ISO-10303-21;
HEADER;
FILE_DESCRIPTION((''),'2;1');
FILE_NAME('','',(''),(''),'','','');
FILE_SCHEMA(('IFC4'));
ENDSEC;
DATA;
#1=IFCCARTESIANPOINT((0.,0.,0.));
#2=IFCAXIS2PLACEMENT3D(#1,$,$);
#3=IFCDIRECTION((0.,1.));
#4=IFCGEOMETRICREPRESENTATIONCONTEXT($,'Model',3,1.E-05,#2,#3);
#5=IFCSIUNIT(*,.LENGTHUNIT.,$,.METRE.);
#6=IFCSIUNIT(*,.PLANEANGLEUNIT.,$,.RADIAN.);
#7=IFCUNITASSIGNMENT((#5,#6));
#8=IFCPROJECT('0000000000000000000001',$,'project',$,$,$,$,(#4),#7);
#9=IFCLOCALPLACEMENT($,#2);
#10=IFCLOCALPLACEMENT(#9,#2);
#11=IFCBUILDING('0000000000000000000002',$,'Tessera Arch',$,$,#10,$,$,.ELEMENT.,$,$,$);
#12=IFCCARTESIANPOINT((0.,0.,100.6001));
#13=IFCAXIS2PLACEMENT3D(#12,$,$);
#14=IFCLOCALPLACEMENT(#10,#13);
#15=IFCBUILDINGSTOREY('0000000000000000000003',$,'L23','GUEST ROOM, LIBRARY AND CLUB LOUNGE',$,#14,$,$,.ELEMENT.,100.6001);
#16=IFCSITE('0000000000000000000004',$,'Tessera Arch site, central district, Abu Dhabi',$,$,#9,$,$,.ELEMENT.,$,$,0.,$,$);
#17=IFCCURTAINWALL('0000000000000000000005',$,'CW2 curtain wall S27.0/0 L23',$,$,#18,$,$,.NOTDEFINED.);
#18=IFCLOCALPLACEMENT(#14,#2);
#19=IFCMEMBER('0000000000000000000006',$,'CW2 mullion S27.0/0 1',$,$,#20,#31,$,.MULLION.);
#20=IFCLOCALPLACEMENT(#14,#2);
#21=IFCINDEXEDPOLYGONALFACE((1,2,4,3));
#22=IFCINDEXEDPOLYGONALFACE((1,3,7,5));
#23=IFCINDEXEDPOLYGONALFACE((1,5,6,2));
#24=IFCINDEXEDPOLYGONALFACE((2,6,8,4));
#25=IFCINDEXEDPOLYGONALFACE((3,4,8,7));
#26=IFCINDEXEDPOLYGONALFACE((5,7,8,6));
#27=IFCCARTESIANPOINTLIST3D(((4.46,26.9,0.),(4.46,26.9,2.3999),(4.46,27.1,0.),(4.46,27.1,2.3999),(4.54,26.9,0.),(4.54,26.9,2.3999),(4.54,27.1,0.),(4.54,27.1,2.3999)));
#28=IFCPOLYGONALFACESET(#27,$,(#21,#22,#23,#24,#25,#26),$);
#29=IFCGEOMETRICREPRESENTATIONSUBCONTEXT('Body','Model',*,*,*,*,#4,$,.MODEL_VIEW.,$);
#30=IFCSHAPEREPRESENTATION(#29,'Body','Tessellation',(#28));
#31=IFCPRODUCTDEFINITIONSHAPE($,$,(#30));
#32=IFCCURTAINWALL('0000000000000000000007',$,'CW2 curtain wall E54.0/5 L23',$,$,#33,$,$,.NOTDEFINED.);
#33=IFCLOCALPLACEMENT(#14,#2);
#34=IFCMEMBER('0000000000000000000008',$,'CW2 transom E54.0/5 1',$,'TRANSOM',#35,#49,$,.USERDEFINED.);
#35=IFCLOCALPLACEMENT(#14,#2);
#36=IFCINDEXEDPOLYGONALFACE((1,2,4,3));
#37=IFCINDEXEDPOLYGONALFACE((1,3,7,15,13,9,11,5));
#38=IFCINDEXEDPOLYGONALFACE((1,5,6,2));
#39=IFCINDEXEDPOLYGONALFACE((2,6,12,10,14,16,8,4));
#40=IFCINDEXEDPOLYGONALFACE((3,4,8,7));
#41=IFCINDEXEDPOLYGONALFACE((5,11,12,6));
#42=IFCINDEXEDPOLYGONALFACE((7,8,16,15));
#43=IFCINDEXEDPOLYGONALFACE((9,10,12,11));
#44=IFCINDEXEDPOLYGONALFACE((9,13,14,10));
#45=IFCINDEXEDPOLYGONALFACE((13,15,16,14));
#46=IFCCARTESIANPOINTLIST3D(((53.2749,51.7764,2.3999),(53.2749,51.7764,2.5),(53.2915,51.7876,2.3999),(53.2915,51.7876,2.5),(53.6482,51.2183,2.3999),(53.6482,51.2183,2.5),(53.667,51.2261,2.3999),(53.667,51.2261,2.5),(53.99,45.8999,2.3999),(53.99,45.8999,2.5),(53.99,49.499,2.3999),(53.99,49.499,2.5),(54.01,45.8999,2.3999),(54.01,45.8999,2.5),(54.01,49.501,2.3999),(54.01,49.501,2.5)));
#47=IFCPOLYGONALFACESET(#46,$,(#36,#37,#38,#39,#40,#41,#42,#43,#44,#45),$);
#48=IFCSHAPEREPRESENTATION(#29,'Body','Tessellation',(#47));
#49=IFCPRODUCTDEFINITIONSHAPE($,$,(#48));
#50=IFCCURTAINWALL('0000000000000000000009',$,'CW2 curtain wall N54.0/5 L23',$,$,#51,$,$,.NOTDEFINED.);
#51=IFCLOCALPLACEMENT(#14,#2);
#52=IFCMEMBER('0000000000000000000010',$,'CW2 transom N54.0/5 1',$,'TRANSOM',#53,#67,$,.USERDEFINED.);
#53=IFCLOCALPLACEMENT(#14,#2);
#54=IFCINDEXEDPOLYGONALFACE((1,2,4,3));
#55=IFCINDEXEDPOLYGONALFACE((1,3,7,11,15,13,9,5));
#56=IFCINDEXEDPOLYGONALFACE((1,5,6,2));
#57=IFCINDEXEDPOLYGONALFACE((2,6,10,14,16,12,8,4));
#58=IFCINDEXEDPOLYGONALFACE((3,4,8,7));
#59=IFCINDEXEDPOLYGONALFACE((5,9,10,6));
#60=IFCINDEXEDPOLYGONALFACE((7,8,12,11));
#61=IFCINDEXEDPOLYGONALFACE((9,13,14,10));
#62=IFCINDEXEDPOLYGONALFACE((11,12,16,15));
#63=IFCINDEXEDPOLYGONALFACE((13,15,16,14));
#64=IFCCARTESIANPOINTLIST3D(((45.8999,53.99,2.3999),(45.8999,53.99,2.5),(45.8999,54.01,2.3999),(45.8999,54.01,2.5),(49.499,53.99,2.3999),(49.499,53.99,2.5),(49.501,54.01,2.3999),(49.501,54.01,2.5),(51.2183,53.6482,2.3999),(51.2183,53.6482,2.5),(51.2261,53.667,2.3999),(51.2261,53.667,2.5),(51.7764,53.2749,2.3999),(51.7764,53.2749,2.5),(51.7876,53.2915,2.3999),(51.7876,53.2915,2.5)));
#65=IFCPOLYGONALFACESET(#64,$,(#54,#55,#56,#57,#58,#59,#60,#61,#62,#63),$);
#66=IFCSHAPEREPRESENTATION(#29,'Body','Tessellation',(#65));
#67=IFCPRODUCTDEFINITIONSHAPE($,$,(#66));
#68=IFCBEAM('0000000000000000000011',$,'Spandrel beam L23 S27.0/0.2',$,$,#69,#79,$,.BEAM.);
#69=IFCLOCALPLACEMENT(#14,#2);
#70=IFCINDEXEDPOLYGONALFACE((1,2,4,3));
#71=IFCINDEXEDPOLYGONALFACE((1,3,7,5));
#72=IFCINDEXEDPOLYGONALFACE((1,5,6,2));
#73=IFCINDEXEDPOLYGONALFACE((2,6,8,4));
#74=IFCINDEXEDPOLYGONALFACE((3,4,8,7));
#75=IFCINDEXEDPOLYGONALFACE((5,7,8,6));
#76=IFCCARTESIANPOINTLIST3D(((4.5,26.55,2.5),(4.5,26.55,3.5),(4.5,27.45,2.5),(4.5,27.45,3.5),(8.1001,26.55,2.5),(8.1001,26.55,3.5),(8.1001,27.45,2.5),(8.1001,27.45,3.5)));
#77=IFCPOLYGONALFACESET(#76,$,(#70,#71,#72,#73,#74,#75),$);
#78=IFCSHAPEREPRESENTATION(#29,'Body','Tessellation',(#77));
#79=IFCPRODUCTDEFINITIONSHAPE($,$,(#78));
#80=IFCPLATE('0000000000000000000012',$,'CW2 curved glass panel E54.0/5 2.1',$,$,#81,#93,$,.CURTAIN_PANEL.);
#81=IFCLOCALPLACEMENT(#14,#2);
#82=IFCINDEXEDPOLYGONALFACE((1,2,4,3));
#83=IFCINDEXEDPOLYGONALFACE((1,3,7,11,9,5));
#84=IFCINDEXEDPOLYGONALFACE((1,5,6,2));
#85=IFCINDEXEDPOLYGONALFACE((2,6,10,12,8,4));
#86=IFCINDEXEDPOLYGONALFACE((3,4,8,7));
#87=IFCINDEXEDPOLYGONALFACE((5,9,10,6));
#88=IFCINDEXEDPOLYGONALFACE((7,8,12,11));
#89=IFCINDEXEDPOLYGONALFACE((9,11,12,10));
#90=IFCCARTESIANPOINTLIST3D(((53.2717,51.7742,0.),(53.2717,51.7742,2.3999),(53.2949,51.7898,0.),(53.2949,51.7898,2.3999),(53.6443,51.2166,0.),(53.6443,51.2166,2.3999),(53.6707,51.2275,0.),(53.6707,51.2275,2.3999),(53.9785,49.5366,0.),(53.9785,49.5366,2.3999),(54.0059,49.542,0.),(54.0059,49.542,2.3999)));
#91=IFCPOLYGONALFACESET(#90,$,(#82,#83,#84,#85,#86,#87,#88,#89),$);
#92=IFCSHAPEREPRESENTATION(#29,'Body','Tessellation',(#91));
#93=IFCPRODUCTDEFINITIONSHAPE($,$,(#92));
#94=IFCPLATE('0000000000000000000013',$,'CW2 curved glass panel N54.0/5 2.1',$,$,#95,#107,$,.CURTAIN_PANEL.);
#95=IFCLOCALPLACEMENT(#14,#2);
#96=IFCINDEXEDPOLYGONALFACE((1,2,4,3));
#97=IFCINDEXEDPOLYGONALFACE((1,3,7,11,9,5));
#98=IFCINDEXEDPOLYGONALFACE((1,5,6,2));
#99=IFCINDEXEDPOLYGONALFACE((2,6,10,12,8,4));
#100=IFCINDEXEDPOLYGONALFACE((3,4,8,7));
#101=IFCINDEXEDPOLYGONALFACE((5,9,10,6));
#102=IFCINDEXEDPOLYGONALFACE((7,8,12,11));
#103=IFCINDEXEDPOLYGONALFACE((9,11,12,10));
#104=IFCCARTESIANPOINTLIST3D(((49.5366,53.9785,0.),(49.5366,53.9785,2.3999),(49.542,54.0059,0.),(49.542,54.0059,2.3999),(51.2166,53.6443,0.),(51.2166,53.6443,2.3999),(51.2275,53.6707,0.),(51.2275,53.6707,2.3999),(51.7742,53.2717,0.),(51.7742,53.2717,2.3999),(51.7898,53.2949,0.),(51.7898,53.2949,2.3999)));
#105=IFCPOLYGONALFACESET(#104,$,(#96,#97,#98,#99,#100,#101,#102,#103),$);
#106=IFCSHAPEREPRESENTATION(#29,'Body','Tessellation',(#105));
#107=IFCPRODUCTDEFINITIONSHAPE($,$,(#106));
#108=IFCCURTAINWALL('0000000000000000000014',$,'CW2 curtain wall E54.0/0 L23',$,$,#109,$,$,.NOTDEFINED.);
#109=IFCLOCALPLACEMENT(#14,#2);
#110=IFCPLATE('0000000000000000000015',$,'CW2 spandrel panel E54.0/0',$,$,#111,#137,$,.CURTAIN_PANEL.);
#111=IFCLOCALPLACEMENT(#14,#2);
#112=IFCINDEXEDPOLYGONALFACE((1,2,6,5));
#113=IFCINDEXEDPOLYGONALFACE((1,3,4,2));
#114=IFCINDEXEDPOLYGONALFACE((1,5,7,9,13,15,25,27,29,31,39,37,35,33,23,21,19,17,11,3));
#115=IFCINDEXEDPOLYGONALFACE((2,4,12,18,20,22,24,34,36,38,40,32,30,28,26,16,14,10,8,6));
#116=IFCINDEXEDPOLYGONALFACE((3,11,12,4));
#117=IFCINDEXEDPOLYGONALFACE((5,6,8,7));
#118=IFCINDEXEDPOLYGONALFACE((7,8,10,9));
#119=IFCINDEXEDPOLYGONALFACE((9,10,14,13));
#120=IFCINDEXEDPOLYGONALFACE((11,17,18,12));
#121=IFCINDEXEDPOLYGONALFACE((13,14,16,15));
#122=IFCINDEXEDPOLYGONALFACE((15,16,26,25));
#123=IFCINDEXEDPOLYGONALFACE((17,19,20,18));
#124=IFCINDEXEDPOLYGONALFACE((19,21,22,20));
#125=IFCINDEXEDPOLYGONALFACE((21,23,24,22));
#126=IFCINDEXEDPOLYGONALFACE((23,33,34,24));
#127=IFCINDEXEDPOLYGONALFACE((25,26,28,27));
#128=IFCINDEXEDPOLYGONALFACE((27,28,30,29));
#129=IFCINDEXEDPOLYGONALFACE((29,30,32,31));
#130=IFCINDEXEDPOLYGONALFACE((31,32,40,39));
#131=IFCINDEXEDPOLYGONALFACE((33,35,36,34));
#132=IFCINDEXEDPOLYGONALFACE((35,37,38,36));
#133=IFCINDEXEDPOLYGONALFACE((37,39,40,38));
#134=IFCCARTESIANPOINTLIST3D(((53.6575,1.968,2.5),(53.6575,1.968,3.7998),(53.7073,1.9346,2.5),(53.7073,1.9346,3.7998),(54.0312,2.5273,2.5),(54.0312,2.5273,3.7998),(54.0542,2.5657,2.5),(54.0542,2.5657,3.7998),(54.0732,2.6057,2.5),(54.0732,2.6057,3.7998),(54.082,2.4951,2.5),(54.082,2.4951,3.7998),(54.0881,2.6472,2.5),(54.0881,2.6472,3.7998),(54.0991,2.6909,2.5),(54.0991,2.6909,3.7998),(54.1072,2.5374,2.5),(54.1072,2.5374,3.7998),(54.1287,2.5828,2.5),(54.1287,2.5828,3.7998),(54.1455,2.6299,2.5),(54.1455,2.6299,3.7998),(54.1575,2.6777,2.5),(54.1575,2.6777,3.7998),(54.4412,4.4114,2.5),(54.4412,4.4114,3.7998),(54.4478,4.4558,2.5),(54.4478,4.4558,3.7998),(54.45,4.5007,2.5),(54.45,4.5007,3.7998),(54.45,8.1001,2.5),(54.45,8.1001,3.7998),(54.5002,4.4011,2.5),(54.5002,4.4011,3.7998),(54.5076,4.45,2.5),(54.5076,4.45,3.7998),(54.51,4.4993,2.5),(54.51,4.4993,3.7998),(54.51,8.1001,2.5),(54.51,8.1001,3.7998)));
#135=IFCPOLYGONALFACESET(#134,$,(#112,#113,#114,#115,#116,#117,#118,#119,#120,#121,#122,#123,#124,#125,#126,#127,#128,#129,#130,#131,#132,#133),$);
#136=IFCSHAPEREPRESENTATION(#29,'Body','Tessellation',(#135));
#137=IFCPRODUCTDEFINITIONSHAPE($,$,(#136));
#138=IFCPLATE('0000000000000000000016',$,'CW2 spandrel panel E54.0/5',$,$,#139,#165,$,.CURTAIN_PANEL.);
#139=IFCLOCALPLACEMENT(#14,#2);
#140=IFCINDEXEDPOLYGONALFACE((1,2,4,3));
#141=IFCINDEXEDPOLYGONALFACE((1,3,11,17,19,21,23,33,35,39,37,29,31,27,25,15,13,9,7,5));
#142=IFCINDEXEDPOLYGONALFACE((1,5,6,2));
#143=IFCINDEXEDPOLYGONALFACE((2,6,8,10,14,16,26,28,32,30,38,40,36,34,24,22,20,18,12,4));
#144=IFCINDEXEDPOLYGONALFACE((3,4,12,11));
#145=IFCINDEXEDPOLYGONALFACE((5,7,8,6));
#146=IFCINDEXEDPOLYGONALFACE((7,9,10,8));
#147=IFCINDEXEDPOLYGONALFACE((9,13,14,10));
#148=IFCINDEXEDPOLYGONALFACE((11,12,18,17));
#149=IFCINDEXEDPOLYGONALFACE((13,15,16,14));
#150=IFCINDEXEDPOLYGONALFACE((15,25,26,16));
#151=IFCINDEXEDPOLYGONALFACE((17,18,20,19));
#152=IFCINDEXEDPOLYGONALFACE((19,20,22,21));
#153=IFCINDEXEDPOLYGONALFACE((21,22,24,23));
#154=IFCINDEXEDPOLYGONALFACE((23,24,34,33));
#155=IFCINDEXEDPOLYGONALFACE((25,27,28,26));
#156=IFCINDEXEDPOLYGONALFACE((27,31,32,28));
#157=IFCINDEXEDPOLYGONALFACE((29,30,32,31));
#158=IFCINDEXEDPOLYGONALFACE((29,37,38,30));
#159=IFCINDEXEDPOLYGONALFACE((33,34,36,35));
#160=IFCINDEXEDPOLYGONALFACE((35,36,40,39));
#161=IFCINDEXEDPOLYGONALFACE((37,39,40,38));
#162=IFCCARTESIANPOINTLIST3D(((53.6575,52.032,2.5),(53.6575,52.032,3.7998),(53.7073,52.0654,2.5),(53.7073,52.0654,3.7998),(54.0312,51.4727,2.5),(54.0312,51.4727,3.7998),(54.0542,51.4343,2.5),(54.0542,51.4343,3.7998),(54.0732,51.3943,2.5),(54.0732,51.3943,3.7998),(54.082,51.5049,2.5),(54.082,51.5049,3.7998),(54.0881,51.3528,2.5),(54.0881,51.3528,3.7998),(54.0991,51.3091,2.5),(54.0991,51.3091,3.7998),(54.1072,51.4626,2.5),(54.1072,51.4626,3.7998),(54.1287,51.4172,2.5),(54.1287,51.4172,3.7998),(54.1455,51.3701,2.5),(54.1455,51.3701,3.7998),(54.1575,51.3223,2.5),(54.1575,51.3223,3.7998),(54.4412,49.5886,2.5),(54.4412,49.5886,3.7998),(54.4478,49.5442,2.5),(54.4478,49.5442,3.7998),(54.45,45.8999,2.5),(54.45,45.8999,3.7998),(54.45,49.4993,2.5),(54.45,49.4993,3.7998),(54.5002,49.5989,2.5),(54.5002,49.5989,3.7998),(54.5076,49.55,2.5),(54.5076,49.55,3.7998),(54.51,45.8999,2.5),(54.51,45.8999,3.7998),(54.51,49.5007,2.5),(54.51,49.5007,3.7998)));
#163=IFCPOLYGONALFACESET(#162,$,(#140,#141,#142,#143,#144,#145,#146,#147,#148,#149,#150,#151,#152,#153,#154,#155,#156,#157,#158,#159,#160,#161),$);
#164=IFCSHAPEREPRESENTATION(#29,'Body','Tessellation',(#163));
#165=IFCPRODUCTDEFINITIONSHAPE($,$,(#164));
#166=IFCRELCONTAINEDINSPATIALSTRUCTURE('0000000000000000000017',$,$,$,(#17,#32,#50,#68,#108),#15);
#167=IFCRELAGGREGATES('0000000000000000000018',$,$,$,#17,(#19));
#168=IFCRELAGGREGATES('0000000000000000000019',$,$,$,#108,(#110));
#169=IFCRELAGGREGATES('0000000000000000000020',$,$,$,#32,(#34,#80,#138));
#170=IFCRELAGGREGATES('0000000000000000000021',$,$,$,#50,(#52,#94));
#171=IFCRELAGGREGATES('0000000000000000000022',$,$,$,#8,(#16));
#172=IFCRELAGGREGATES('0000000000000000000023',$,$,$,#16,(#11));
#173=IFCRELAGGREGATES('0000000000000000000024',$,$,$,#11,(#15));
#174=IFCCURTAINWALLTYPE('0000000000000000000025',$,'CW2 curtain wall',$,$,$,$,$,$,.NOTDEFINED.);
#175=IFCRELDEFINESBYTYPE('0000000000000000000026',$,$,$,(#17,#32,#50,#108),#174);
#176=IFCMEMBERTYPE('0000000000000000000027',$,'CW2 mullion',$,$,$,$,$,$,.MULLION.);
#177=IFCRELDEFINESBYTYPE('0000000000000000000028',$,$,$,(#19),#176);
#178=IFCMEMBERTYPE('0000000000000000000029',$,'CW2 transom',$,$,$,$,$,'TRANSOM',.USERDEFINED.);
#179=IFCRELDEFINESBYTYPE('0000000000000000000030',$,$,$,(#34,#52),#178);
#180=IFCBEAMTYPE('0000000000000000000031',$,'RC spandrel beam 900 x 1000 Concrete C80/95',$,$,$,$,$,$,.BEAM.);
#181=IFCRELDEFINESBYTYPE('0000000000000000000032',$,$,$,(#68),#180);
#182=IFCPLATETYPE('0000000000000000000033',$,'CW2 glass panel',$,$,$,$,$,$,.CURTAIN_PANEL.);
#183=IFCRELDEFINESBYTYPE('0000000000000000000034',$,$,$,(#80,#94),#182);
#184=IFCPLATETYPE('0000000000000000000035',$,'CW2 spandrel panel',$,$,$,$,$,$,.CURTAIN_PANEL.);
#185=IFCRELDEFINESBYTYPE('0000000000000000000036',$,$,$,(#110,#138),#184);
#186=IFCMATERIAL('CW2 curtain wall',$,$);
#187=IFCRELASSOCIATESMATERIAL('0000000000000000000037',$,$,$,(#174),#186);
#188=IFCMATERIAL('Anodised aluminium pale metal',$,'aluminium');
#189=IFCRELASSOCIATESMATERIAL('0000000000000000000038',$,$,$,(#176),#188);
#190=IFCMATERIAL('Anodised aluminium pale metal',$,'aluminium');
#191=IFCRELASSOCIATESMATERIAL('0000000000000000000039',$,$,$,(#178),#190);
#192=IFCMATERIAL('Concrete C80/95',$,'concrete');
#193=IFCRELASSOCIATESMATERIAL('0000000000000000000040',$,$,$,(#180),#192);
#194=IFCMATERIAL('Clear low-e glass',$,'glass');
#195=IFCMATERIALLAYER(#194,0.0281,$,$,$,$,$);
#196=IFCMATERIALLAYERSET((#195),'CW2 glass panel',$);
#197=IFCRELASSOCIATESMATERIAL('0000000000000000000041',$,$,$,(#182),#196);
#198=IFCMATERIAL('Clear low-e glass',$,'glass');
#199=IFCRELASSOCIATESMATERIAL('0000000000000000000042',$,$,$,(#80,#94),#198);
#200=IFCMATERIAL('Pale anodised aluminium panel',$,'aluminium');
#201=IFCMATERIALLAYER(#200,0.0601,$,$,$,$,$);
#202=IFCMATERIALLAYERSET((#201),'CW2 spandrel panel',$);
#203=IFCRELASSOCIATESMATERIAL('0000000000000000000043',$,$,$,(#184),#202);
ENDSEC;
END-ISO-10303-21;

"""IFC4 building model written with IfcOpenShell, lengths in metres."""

from ifc_helpers import new_model, si_unit, direction, frame, origin, origin_2d, place, context, subcontext, project, spatial, polyline, rectangle, outline, extrude, material, layer, layer_set, material_profile, profile_set, type_object, element, aggregate, save


model = new_model("IFC4")

# Units and contexts
model_context = context("Model", 3, precision=1e-05, world=origin(), true_north=direction((0.0, 1.0)))
body_context = subcontext(model_context, "Body", "Model", "MODEL_VIEW")
ifc_project = project(units=[si_unit("LENGTHUNIT", "METRE"), si_unit("PLANEANGLEUNIT", "RADIAN")], contexts=[model_context])

# Site, building, storey
site_placement = place(None, origin())
site = spatial("IfcSite", under=ifc_project, at=site_placement, Name="Tessera Arch site, central district, Abu Dhabi", CompositionType="ELEMENT", RefElevation=0.0)
building_placement = place(site_placement, origin())
building = spatial("IfcBuilding", under=site, at=building_placement, Name="Tessera Arch", CompositionType="ELEMENT")
storey_placement = place(building_placement, frame((0.0, 0.0, 100.6001)))
storey = spatial("IfcBuildingStorey", under=building, at=storey_placement, Name="L23", Description="GUEST ROOM, LIBRARY AND CLUB LOUNGE", CompositionType="ELEMENT", Elevation=100.6001)

# Curtain walls, members
ifc_material_1 = material(Name="CW2 curtain wall")
curtain_wall_type = type_object("IfcCurtainWallType", Name="CW2 curtain wall", PredefinedType="NOTDEFINED", material=ifc_material_1)
curtain_wall_1_placement = place(storey_placement, origin())
curtain_wall_1 = element("IfcCurtainWall", 1, at=curtain_wall_1_placement, inside=storey, type_object=curtain_wall_type, Name="CW2 curtain wall S27.0/0 L23", PredefinedType="NOTDEFINED")
ifc_material_2 = material(Name="Anodised aluminium pale metal", Category="aluminium")
ifc_material_profile_1 = material_profile(ifc_material_2, rectangle(XDim=0.2, YDim=0.0801, at=origin_2d()), Name="AL 80x200")
ifc_profile_set_1 = profile_set([ifc_material_profile_1], Name="Anodised aluminium pale metal")
member_type_1 = type_object("IfcMemberType", Name="CW2 mullion", PredefinedType="MULLION", material=ifc_profile_set_1)
member_1_placement = place(storey_placement, frame((4.5, 27.0, 0.0), z_axis=(0.0, 0.0, 1.0), x_axis=(0.0, 1.0, 0.0)))
member_1 = element("IfcMember", 2, at=member_1_placement, type_object=member_type_1, Name="CW2 mullion S27.0/0 1", PredefinedType="MULLION", context=body_context, shape_type="SweptSolid", body=[
    extrude(rectangle(XDim=0.2, YDim=0.0801, at=origin_2d()), origin(), (0.0, 0.0, 1.0), 2.3999),
])
aggregate(curtain_wall_1, [member_1])
curtain_wall_2_placement = place(storey_placement, origin())
curtain_wall_2 = element("IfcCurtainWall", 3, at=curtain_wall_2_placement, inside=storey, type_object=curtain_wall_type, Name="CW2 curtain wall E54.0/5 L23", PredefinedType="NOTDEFINED")
ifc_material_3 = material(Name="Anodised aluminium pale metal", Category="aluminium")
ifc_material_profile_2 = material_profile(ifc_material_3, rectangle(XDim=0.2, YDim=0.1001, at=origin_2d()), Name="AL 200x100")
ifc_profile_set_2 = profile_set([ifc_material_profile_2], Name="Anodised aluminium pale metal")
member_type_2 = type_object("IfcMemberType", Name="CW2 transom", ElementType="TRANSOM", PredefinedType="USERDEFINED", material=ifc_profile_set_2)
member_2_placement = place(storey_placement, frame((0.0, 0.0, 2.3999)))
member_2 = element("IfcMember", 4, at=member_2_placement, type_object=member_type_2, Name="CW2 transom E54.0/5 1", ObjectType="TRANSOM", PredefinedType="USERDEFINED", context=body_context, shape_type="SweptSolid", body=[
    extrude(outline(polyline([(53.99, 49.499), (53.99, 45.8999), (54.01, 45.8999), (54.01, 49.501), (53.667, 51.2261), (53.2915, 51.7876), (53.2749, 51.7764), (53.6482, 51.2183), (53.99, 49.499)])), origin(), (0.0, 0.0, 1.0), 0.1001),
])
curtain_wall_3_placement = place(storey_placement, origin())
curtain_wall_3 = element("IfcCurtainWall", 5, at=curtain_wall_3_placement, inside=storey, type_object=curtain_wall_type, Name="CW2 curtain wall N54.0/5 L23", PredefinedType="NOTDEFINED")
member_3_placement = place(storey_placement, frame((0.0, 0.0, 2.3999)))
member_3 = element("IfcMember", 6, at=member_3_placement, type_object=member_type_2, Name="CW2 transom N54.0/5 1", ObjectType="TRANSOM", PredefinedType="USERDEFINED", context=body_context, shape_type="SweptSolid", body=[
    extrude(outline(polyline([(51.2183, 53.6482), (51.7764, 53.2749), (51.7876, 53.2915), (51.2261, 53.667), (49.501, 54.01), (45.8999, 54.01), (45.8999, 53.99), (49.499, 53.99), (51.2183, 53.6482)])), origin(), (0.0, 0.0, 1.0), 0.1001),
])

# Beam
ifc_material_4 = material(Name="Concrete C80/95", Category="concrete")
ifc_material_profile_3 = material_profile(ifc_material_4, rectangle(XDim=0.8999, YDim=1.0, at=origin_2d()), Name="RC spandrel beam 900 x 1000 Concrete C80/95")
ifc_profile_set_3 = profile_set([ifc_material_profile_3], Name="Concrete C80/95")
beam_type = type_object("IfcBeamType", Name="RC spandrel beam 900 x 1000 Concrete C80/95", PredefinedType="BEAM", material=ifc_profile_set_3)
beam_placement = place(storey_placement, frame((4.5, 27.0, 3.0), z_axis=(1.0, 0.0, 0.0), x_axis=(0.0, 1.0, 0.0)))
element("IfcBeam", 7, at=beam_placement, inside=storey, type_object=beam_type, Name="Spandrel beam L23 S27.0/0.2", PredefinedType="BEAM", context=body_context, shape_type="SweptSolid", body=[
    extrude(rectangle(XDim=0.8999, YDim=1.0, at=origin_2d()), origin(), (0.0, 0.0, 1.0), 3.6001),
])

# Plates
ifc_material_5 = material(Name="Clear low-e glass", Category="glass")
ifc_material_6 = material(Name="Clear low-e glass", Category="glass")
ifc_layer_1 = layer(ifc_material_6, 0.0281)
ifc_layer_set_1 = layer_set([ifc_layer_1], Name="CW2 glass panel")
plate_type_1 = type_object("IfcPlateType", Name="CW2 glass panel", PredefinedType="CURTAIN_PANEL", material=ifc_layer_set_1)
plate_1_placement = place(storey_placement, origin())
plate_1 = element("IfcPlate", 8, at=plate_1_placement, type_object=plate_type_1, material=ifc_material_5, Name="CW2 curved glass panel E54.0/5 2.1", PredefinedType="CURTAIN_PANEL", context=body_context, shape_type="SweptSolid", body=[
    extrude(outline(polyline([(53.6443, 51.2166), (53.9785, 49.5366), (54.0059, 49.542), (53.6707, 51.2275), (53.2949, 51.7898), (53.2717, 51.7742), (53.6443, 51.2166)])), origin(), (0.0, 0.0, 1.0), 2.3999),
])
plate_2_placement = place(storey_placement, origin())
plate_2 = element("IfcPlate", 9, at=plate_2_placement, type_object=plate_type_1, material=ifc_material_5, Name="CW2 curved glass panel N54.0/5 2.1", PredefinedType="CURTAIN_PANEL", context=body_context, shape_type="SweptSolid", body=[
    extrude(outline(polyline([(51.2166, 53.6443), (51.7742, 53.2717), (51.7898, 53.2949), (51.2275, 53.6707), (49.542, 54.0059), (49.5366, 53.9785), (51.2166, 53.6443)])), origin(), (0.0, 0.0, 1.0), 2.3999),
])

# Curtain wall, plate
curtain_wall_4_placement = place(storey_placement, origin())
curtain_wall_4 = element("IfcCurtainWall", 10, at=curtain_wall_4_placement, inside=storey, type_object=curtain_wall_type, Name="CW2 curtain wall E54.0/0 L23", PredefinedType="NOTDEFINED")
ifc_material_7 = material(Name="Pale anodised aluminium panel", Category="aluminium")
ifc_layer_2 = layer(ifc_material_7, 0.0601)
ifc_layer_set_2 = layer_set([ifc_layer_2], Name="CW2 spandrel panel")
plate_type_2 = type_object("IfcPlateType", Name="CW2 spandrel panel", PredefinedType="CURTAIN_PANEL", material=ifc_layer_set_2)
plate_3_placement = place(storey_placement, frame((0.0, 0.0, 2.5)))
plate_3 = element("IfcPlate", 11, at=plate_3_placement, type_object=plate_type_2, Name="CW2 spandrel panel E54.0/0", PredefinedType="CURTAIN_PANEL", context=body_context, shape_type="SweptSolid", body=[
    extrude(outline(polyline([(54.0312, 2.5273), (53.6575, 1.968), (53.7073, 1.9346), (54.082, 2.4951), (54.1072, 2.5374), (54.1287, 2.5828), (54.1455, 2.6299), (54.1575, 2.6777), (54.5002, 4.4011), (54.5076, 4.45), (54.51, 4.4993), (54.51, 8.1001), (54.45, 8.1001), (54.45, 4.5007), (54.4478, 4.4558), (54.4412, 4.4114), (54.0991, 2.6909), (54.0881, 2.6472), (54.0732, 2.6057), (54.0542, 2.5657), (54.0312, 2.5273)])), origin(), (0.0, 0.0, 1.0), 1.2998),
])
aggregate(curtain_wall_4, [plate_3])

# Plate
plate_4_placement = place(storey_placement, frame((0.0, 0.0, 2.5)))
plate_4 = element("IfcPlate", 12, at=plate_4_placement, type_object=plate_type_2, Name="CW2 spandrel panel E54.0/5", PredefinedType="CURTAIN_PANEL", context=body_context, shape_type="SweptSolid", body=[
    extrude(outline(polyline([(54.45, 49.4993), (54.45, 45.8999), (54.51, 45.8999), (54.51, 49.5007), (54.5076, 49.55), (54.5002, 49.5989), (54.1575, 51.3223), (54.1455, 51.3701), (54.1287, 51.4172), (54.1072, 51.4626), (54.082, 51.5049), (53.7073, 52.0654), (53.6575, 52.032), (54.0312, 51.4727), (54.0542, 51.4343), (54.0732, 51.3943), (54.0881, 51.3528), (54.0991, 51.3091), (54.4412, 49.5886), (54.4478, 49.5442), (54.45, 49.4993)])), origin(), (0.0, 0.0, 1.0), 1.2998),
])
aggregate(curtain_wall_2, [member_2, plate_1, plate_4])
aggregate(curtain_wall_3, [member_3, plate_2])

save(model, "model.ifc")
